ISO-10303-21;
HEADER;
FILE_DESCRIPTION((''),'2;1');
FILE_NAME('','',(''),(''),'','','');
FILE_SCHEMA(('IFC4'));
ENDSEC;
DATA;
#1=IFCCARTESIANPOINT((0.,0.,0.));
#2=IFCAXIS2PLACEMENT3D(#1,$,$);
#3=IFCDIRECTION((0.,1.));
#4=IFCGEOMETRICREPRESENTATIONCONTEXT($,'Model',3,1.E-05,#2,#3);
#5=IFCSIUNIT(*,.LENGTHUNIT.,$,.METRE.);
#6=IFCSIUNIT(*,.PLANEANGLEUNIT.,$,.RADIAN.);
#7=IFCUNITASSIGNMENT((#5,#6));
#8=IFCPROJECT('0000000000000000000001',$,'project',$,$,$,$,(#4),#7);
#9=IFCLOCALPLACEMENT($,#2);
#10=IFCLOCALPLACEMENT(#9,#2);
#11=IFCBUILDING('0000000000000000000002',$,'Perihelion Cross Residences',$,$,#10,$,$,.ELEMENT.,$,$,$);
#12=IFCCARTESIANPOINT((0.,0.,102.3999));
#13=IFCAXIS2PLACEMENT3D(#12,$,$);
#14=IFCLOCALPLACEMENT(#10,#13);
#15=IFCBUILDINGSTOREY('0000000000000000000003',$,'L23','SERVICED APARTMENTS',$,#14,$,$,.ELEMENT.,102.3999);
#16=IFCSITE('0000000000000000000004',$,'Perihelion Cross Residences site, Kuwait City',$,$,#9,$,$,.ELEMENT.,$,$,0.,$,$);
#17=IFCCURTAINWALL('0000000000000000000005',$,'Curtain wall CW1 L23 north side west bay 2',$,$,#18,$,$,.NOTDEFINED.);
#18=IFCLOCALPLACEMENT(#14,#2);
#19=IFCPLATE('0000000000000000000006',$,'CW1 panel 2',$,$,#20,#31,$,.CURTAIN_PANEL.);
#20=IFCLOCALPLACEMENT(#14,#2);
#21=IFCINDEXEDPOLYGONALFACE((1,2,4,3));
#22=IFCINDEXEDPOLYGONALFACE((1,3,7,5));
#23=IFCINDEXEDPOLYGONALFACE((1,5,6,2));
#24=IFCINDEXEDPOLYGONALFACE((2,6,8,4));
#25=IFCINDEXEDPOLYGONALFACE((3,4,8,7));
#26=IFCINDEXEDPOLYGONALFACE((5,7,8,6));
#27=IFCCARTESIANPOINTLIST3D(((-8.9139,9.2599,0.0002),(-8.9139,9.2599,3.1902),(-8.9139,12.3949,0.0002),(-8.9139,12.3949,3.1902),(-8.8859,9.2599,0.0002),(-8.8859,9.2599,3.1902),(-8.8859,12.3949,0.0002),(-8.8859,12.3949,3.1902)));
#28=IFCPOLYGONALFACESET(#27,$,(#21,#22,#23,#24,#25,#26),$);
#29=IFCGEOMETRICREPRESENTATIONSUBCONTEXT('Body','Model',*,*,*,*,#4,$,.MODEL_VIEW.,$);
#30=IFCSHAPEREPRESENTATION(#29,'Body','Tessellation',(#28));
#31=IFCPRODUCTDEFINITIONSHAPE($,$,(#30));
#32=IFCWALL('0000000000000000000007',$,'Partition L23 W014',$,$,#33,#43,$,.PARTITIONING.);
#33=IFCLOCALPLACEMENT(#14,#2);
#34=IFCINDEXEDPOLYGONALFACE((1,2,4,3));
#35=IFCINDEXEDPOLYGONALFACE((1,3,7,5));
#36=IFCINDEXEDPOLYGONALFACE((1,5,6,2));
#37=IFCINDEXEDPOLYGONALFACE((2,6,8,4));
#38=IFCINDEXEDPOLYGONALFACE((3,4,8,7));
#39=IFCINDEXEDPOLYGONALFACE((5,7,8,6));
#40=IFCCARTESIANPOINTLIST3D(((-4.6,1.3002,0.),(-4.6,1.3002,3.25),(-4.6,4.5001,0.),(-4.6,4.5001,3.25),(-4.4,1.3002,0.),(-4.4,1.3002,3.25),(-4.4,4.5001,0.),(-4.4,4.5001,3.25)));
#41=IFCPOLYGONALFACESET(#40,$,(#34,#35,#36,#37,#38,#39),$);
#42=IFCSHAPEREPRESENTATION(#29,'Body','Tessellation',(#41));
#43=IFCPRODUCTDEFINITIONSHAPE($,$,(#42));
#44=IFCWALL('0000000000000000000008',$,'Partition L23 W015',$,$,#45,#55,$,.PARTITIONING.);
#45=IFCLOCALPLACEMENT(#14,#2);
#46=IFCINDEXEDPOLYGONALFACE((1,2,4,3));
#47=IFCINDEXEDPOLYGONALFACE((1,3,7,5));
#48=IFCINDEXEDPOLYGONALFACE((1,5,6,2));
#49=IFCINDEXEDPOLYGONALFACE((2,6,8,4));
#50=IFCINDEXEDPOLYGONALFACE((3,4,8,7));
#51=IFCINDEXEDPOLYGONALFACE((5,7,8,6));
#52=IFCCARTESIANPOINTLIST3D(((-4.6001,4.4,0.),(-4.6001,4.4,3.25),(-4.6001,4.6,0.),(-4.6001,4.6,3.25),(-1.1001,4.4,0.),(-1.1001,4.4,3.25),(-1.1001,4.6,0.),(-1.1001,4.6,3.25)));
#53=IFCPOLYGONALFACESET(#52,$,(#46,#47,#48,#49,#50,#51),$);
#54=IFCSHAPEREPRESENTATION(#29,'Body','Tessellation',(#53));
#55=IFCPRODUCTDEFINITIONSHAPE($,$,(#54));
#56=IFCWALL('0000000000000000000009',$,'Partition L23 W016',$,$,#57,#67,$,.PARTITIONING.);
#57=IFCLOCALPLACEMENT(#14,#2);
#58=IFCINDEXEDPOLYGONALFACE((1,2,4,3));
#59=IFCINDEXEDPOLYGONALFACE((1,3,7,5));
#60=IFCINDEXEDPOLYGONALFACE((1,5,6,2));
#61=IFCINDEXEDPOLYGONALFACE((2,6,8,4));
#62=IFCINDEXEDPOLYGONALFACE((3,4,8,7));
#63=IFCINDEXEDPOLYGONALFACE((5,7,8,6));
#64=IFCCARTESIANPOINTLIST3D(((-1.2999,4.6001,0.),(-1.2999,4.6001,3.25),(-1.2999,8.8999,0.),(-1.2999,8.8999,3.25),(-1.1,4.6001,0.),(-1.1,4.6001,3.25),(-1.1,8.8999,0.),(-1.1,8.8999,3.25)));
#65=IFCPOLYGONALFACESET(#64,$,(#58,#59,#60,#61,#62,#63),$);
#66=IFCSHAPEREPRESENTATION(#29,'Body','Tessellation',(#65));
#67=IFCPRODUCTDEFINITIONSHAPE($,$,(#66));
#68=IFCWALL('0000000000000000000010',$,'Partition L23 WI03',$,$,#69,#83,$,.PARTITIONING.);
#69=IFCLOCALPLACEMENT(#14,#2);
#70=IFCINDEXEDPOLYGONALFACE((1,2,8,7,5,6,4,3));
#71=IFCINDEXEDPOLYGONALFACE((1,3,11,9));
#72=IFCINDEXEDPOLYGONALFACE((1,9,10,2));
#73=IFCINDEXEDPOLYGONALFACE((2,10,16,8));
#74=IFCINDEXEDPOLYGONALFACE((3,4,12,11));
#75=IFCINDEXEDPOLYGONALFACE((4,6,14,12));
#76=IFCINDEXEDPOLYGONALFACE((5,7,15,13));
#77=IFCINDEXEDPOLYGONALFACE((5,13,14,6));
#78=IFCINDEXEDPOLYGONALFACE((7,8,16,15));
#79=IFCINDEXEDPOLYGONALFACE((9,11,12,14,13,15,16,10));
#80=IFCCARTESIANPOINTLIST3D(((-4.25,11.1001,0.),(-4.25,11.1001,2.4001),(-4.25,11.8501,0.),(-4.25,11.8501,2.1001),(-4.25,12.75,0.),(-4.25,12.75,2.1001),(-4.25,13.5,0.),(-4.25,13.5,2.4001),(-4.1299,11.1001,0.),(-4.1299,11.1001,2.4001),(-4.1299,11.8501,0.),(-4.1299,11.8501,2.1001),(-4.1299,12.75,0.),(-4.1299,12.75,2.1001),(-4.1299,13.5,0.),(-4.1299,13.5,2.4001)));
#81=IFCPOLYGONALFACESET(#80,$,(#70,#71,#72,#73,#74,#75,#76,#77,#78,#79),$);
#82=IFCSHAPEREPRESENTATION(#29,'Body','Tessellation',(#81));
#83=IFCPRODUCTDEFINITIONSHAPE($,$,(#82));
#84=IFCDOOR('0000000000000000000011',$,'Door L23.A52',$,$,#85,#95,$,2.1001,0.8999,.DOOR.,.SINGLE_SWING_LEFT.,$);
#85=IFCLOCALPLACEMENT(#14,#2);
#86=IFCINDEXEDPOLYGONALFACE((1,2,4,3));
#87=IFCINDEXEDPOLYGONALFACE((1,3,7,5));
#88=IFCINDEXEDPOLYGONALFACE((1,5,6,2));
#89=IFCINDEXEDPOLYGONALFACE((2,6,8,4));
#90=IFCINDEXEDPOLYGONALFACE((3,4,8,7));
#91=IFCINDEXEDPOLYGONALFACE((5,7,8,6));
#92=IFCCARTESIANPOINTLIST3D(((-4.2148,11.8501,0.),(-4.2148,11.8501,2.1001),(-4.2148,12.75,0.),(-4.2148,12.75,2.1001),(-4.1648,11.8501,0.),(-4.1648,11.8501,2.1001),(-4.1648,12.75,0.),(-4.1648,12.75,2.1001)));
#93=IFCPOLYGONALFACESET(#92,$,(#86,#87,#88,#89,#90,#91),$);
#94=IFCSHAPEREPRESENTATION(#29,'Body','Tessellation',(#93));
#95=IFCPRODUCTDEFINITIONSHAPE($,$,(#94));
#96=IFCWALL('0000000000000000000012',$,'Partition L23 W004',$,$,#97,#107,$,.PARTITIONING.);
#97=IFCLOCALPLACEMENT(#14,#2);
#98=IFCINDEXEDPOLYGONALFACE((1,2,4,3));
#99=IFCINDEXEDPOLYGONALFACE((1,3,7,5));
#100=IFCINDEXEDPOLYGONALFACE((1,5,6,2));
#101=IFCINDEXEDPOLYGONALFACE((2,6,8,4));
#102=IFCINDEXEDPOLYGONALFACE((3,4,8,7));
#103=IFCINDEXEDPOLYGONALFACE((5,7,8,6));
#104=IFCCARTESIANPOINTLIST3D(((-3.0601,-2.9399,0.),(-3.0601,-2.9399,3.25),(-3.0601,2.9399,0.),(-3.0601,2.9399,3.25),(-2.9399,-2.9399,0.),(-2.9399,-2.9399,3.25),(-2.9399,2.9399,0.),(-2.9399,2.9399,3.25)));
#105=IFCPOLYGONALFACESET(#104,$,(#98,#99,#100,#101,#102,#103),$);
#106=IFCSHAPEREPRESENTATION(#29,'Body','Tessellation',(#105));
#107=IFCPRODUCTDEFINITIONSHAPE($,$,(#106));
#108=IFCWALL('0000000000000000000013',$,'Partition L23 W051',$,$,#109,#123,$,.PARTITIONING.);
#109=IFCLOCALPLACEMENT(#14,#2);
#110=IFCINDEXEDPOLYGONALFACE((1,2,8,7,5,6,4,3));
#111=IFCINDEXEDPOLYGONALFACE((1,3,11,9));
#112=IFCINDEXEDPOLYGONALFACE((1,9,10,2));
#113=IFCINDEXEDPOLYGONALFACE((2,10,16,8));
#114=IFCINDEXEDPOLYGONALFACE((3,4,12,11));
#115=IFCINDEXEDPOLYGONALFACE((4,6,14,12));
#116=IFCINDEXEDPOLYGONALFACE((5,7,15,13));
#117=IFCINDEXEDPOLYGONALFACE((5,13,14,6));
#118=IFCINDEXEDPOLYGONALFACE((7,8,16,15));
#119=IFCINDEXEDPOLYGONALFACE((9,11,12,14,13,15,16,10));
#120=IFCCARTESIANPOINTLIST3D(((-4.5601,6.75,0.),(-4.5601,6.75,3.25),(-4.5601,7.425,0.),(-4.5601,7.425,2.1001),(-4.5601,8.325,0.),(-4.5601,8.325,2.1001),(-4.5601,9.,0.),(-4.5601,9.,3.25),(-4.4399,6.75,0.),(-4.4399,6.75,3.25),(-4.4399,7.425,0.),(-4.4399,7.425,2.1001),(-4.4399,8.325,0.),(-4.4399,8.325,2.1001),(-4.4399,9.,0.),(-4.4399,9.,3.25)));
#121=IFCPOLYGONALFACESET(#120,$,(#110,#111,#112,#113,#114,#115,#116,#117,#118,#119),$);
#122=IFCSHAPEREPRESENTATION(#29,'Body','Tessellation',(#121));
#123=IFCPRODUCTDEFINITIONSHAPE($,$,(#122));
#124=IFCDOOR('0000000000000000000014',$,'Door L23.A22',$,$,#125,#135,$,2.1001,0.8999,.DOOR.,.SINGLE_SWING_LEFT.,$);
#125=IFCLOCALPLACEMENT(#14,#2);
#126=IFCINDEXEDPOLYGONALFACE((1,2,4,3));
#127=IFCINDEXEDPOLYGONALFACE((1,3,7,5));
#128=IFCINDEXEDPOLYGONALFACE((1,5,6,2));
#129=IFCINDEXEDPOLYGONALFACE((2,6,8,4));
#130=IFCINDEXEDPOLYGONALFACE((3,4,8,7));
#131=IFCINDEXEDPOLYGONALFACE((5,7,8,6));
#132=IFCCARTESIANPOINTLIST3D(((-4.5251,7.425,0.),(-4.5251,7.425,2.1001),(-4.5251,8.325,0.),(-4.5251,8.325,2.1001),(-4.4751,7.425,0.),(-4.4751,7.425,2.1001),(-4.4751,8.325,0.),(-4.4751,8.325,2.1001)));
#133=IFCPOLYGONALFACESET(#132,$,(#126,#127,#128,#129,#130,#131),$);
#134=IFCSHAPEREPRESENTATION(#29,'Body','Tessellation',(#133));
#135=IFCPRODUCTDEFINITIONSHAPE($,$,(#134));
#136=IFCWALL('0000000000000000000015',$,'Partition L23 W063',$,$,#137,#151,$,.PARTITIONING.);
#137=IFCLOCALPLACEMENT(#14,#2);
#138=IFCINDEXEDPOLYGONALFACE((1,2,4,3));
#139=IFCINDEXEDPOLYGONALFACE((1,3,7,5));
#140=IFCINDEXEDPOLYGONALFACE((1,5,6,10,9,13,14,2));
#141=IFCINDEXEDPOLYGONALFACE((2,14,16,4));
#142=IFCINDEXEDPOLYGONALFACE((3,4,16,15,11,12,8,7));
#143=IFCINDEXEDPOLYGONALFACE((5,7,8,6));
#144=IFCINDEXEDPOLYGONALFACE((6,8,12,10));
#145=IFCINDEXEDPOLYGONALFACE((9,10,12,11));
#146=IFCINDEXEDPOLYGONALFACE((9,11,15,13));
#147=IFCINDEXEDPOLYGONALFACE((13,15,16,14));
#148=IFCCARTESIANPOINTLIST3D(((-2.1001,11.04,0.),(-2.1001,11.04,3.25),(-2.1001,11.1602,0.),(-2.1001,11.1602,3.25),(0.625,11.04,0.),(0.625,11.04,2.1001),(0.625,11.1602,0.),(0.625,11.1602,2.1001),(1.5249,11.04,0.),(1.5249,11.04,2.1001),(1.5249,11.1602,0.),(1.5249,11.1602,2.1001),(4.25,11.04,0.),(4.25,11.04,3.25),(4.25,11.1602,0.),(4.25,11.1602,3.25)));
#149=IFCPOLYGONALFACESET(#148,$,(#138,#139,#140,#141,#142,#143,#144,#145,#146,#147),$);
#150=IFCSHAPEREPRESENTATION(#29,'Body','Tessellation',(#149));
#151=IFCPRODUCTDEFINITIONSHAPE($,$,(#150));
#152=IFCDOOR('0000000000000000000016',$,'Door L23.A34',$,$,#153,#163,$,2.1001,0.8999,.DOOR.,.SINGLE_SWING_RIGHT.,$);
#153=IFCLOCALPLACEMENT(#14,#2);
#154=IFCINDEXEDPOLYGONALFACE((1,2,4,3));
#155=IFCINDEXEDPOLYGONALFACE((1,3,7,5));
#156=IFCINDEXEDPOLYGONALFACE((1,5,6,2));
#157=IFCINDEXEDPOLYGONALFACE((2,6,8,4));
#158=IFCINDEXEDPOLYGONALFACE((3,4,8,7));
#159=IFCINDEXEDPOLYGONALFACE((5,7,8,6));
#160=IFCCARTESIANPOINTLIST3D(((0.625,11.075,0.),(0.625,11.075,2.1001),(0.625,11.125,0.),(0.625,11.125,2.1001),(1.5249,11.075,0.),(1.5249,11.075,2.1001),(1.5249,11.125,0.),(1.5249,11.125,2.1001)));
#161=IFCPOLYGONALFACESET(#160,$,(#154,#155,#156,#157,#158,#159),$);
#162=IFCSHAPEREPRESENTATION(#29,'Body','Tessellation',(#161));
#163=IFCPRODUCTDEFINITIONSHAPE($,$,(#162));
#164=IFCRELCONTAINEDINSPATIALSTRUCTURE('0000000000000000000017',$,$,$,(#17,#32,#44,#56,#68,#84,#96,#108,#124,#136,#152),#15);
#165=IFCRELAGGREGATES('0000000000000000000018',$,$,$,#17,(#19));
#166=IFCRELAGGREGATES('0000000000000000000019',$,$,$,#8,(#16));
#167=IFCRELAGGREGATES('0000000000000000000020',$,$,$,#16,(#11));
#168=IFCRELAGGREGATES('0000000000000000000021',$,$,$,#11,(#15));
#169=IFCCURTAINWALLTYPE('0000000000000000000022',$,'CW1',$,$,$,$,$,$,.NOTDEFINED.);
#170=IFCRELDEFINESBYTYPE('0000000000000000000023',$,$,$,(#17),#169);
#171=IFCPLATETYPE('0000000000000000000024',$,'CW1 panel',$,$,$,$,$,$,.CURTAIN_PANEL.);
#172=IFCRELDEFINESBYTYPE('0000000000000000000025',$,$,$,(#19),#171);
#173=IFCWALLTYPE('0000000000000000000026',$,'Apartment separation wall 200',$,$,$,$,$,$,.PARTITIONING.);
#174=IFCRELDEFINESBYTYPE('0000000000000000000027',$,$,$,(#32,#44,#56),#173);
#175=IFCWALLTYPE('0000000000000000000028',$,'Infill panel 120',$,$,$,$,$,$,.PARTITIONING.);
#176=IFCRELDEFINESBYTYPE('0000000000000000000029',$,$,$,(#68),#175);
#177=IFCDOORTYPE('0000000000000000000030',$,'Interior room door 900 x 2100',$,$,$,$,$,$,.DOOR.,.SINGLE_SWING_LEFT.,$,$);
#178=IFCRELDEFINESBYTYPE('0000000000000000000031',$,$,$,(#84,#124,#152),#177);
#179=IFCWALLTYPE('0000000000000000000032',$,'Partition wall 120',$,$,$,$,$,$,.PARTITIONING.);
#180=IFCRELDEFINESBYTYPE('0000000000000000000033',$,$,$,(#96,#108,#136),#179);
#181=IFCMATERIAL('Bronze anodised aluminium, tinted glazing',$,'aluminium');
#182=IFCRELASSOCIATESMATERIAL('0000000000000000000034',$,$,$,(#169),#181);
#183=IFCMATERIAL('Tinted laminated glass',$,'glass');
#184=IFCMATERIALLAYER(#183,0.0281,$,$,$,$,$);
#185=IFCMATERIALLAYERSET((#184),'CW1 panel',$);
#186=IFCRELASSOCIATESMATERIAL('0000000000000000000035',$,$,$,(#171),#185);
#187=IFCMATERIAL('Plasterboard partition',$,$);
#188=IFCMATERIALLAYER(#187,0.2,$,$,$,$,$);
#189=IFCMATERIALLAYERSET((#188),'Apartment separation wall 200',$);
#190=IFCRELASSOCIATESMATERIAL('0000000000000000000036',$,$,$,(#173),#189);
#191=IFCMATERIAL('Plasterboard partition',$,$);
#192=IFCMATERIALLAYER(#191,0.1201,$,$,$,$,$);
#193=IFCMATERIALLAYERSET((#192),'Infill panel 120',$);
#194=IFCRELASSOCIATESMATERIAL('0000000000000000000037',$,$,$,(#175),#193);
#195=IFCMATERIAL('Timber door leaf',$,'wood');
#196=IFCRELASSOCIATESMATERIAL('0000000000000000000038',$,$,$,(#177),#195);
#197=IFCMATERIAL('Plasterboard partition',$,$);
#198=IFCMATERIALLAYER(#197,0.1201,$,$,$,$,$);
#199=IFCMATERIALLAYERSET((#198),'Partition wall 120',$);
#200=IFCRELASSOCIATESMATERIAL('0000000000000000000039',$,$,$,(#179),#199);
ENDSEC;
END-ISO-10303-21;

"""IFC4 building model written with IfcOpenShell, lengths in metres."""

from ifc_helpers import new_model, si_unit, direction, frame, frame_2d, origin, origin_2d, place, context, subcontext, project, spatial, rectangle, extrude, material, layer, layer_set, type_object, element, fill, aggregate, save


model = new_model("IFC4")

# Units and contexts
model_context = context("Model", 3, precision=1e-05, world=origin(), true_north=direction((0.0, 1.0)))
body_context = subcontext(model_context, "Body", "Model", "MODEL_VIEW")
ifc_project = project(units=[si_unit("LENGTHUNIT", "METRE"), si_unit("PLANEANGLEUNIT", "RADIAN")], contexts=[model_context])

# Site, building, storey
site_placement = place(None, origin())
site = spatial("IfcSite", under=ifc_project, at=site_placement, Name="Perihelion Cross Residences site, Kuwait City", CompositionType="ELEMENT", RefElevation=0.0)
building_placement = place(site_placement, origin())
building = spatial("IfcBuilding", under=site, at=building_placement, Name="Perihelion Cross Residences", CompositionType="ELEMENT")
storey_placement = place(building_placement, frame((0.0, 0.0, 102.3999)))
storey = spatial("IfcBuildingStorey", under=building, at=storey_placement, Name="L23", Description="SERVICED APARTMENTS", CompositionType="ELEMENT", Elevation=102.3999)

# Curtain wall
ifc_material_1 = material(Name="Bronze anodised aluminium, tinted glazing", Category="aluminium")
curtain_wall_type = type_object("IfcCurtainWallType", Name="CW1", PredefinedType="NOTDEFINED", material=ifc_material_1)
curtain_wall_placement = place(storey_placement, origin())
curtain_wall = element("IfcCurtainWall", 1, at=curtain_wall_placement, inside=storey, type_object=curtain_wall_type, Name="Curtain wall CW1 L23 north side west bay 2", PredefinedType="NOTDEFINED")

# Plate
ifc_material_2 = material(Name="Tinted laminated glass", Category="glass")
ifc_layer_1 = layer(ifc_material_2, 0.0281)
ifc_layer_set_1 = layer_set([ifc_layer_1], Name="CW1 panel")
plate_type = type_object("IfcPlateType", Name="CW1 panel", PredefinedType="CURTAIN_PANEL", material=ifc_layer_set_1)
plate_1_placement = place(storey_placement, frame((-8.8999, 10.8274, 0.0002), z_axis=(0.0, 0.0, 1.0), x_axis=(0.0, -1.0, 0.0)))
plate_1 = element("IfcPlate", 2, at=plate_1_placement, type_object=plate_type, Name="CW1 panel 2", PredefinedType="CURTAIN_PANEL", context=body_context, shape_type="SweptSolid", body=[
    extrude(rectangle(XDim=3.135, YDim=0.0281, at=origin_2d()), origin(), (0.0, 0.0, 1.0), 3.1899),
])
aggregate(curtain_wall, [plate_1])

# Walls
ifc_material_3 = material(Name="Plasterboard partition")
ifc_layer_2 = layer(ifc_material_3, 0.2)
ifc_layer_set_2 = layer_set([ifc_layer_2], Name="Apartment separation wall 200")
wall_type_1 = type_object("IfcWallType", Name="Apartment separation wall 200", PredefinedType="PARTITIONING", material=ifc_layer_set_2)
wall_1_placement = place(storey_placement, frame((-4.5, 1.3, 0.0), z_axis=(0.0, 0.0, 1.0), x_axis=(0.0, 1.0, 0.0)))
element("IfcWall", 3, at=wall_1_placement, inside=storey, type_object=wall_type_1, Name="Partition L23 W014", PredefinedType="PARTITIONING", context=body_context, shape_type="SweptSolid", body=[
    extrude(rectangle(XDim=3.2, YDim=0.2, at=frame_2d((1.6001, 0.0))), origin(), (0.0, 0.0, 1.0), 3.25),
])
wall_2_placement = place(storey_placement, frame((-4.6001, 4.5, 0.0), z_axis=(0.0, 0.0, 1.0), x_axis=(1.0, 0.0, 0.0)))
element("IfcWall", 4, at=wall_2_placement, inside=storey, type_object=wall_type_1, Name="Partition L23 W015", PredefinedType="PARTITIONING", context=body_context, shape_type="SweptSolid", body=[
    extrude(rectangle(XDim=3.5, YDim=0.2, at=frame_2d((1.75, 0.0))), origin(), (0.0, 0.0, 1.0), 3.25),
])
wall_3_placement = place(storey_placement, frame((-1.2, 4.6001, 0.0), z_axis=(0.0, 0.0, 1.0), x_axis=(0.0, 1.0, 0.0)))
element("IfcWall", 5, at=wall_3_placement, inside=storey, type_object=wall_type_1, Name="Partition L23 W016", PredefinedType="PARTITIONING", context=body_context, shape_type="SweptSolid", body=[
    extrude(rectangle(XDim=4.2998, YDim=0.2, at=frame_2d((2.1499, 0.0))), origin(), (0.0, 0.0, 1.0), 3.25),
])

# Wall, opening, door
ifc_material_4 = material(Name="Plasterboard partition")
ifc_layer_3 = layer(ifc_material_4, 0.1201)
ifc_layer_set_3 = layer_set([ifc_layer_3], Name="Infill panel 120")
wall_type_2 = type_object("IfcWallType", Name="Infill panel 120", PredefinedType="PARTITIONING", material=ifc_layer_set_3)
wall_4_placement = place(storey_placement, frame((-4.1899, 11.1001, 0.0), z_axis=(0.0, 0.0, 1.0), x_axis=(0.0, 1.0, 0.0)))
wall_4 = element("IfcWall", 6, at=wall_4_placement, inside=storey, type_object=wall_type_2, Name="Partition L23 WI03", PredefinedType="PARTITIONING", context=body_context, shape_type="SweptSolid", body=[
    extrude(rectangle(XDim=2.3999, YDim=0.1201, at=frame_2d((1.2, 0.0))), origin(), (0.0, 0.0, 1.0), 2.4001),
])
opening_1_placement = place(wall_4_placement, frame((0.75, 0.0, 0.0)))
opening_1 = element("IfcOpeningElement", 7, at=opening_1_placement, cuts=wall_4, PredefinedType="OPENING", context=body_context, shape_type="SweptSolid", body=[
    extrude(rectangle(XDim=0.8999, YDim=2.1001, at=frame_2d((0.45, 1.05))), frame((0.0, 0.0701, 0.0), z_axis=(0.0, -1.0, 0.0), x_axis=(1.0, 0.0, 0.0)), (0.0, 0.0, 1.0), 0.1401),
])
ifc_material_5 = material(Name="Timber door leaf", Category="wood")
door_type_1 = type_object("IfcDoorType", Name="Interior room door 900 x 2100", OperationType="SINGLE_SWING_LEFT", PredefinedType="DOOR", material=ifc_material_5)
door_1_placement = place(opening_1_placement, origin())
door_1 = element("IfcDoor", 8, at=door_1_placement, inside=storey, type_object=door_type_1, Name="Door L23.A52", OperationType="SINGLE_SWING_LEFT", OverallHeight=2.1001, OverallWidth=0.8999, PredefinedType="DOOR", context=body_context, shape_type="SweptSolid", body=[
    extrude(rectangle(XDim=0.8999, YDim=2.1001, at=frame_2d((0.45, 1.05))), frame((0.0, 0.0249, 0.0), z_axis=(0.0, -1.0, 0.0), x_axis=(1.0, 0.0, 0.0)), (0.0, 0.0, 1.0), 0.05),
])
fill(opening_1, door_1)

# Wall
ifc_material_6 = material(Name="Plasterboard partition")
ifc_layer_4 = layer(ifc_material_6, 0.1201)
ifc_layer_set_4 = layer_set([ifc_layer_4], Name="Partition wall 120")
wall_type_3 = type_object("IfcWallType", Name="Partition wall 120", PredefinedType="PARTITIONING", material=ifc_layer_set_4)
wall_5_placement = place(storey_placement, frame((-3.0, 2.9399, 0.0), z_axis=(0.0, 0.0, 1.0), x_axis=(0.0, -1.0, 0.0)))
element("IfcWall", 9, at=wall_5_placement, inside=storey, type_object=wall_type_3, Name="Partition L23 W004", PredefinedType="PARTITIONING", context=body_context, shape_type="SweptSolid", body=[
    extrude(rectangle(XDim=5.8799, YDim=0.1201, at=frame_2d((2.9399, 0.0))), origin(), (0.0, 0.0, 1.0), 3.25),
])

# Walls, openings, doors
wall_6_placement = place(storey_placement, frame((-4.5, 9.0, 0.0), z_axis=(0.0, 0.0, 1.0), x_axis=(0.0, -1.0, 0.0)))
wall_6 = element("IfcWall", 10, at=wall_6_placement, inside=storey, type_object=wall_type_3, Name="Partition L23 W051", PredefinedType="PARTITIONING", context=body_context, shape_type="SweptSolid", body=[
    extrude(rectangle(XDim=2.25, YDim=0.1201, at=frame_2d((1.125, 0.0))), origin(), (0.0, 0.0, 1.0), 3.25),
])
opening_2_placement = place(wall_6_placement, frame((0.675, 0.0, 0.0)))
opening_2 = element("IfcOpeningElement", 11, at=opening_2_placement, cuts=wall_6, PredefinedType="OPENING", context=body_context, shape_type="SweptSolid", body=[
    extrude(rectangle(XDim=0.8999, YDim=2.1001, at=frame_2d((0.45, 1.05))), frame((0.0, 0.0701, 0.0), z_axis=(0.0, -1.0, 0.0), x_axis=(1.0, 0.0, 0.0)), (0.0, 0.0, 1.0), 0.1401),
])
door_2_placement = place(opening_2_placement, origin())
door_2 = element("IfcDoor", 12, at=door_2_placement, inside=storey, type_object=door_type_1, Name="Door L23.A22", OperationType="SINGLE_SWING_LEFT", OverallHeight=2.1001, OverallWidth=0.8999, PredefinedType="DOOR", context=body_context, shape_type="SweptSolid", body=[
    extrude(rectangle(XDim=0.8999, YDim=2.1001, at=frame_2d((0.45, 1.05))), frame((0.0, 0.0249, 0.0), z_axis=(0.0, -1.0, 0.0), x_axis=(1.0, 0.0, 0.0)), (0.0, 0.0, 1.0), 0.05),
])
fill(opening_2, door_2)
wall_7_placement = place(storey_placement, frame((-2.1001, 11.1001, 0.0), z_axis=(0.0, 0.0, 1.0), x_axis=(1.0, 0.0, 0.0)))
wall_7 = element("IfcWall", 13, at=wall_7_placement, inside=storey, type_object=wall_type_3, Name="Partition L23 W063", PredefinedType="PARTITIONING", context=body_context, shape_type="SweptSolid", body=[
    extrude(rectangle(XDim=6.3501, YDim=0.1201, at=frame_2d((3.175, 0.0))), origin(), (0.0, 0.0, 1.0), 3.25),
])
opening_3_placement = place(wall_7_placement, frame((2.7251, 0.0, 0.0)))
opening_3 = element("IfcOpeningElement", 14, at=opening_3_placement, cuts=wall_7, PredefinedType="OPENING", context=body_context, shape_type="SweptSolid", body=[
    extrude(rectangle(XDim=0.8999, YDim=2.1001, at=frame_2d((0.45, 1.05))), frame((0.0, 0.0701, 0.0), z_axis=(0.0, -1.0, 0.0), x_axis=(1.0, 0.0, 0.0)), (0.0, 0.0, 1.0), 0.1401),
])
door_3_placement = place(opening_3_placement, origin())
door_3 = element("IfcDoor", 15, at=door_3_placement, inside=storey, type_object=door_type_1, Name="Door L23.A34", OperationType="SINGLE_SWING_RIGHT", OverallHeight=2.1001, OverallWidth=0.8999, PredefinedType="DOOR", context=body_context, shape_type="SweptSolid", body=[
    extrude(rectangle(XDim=0.8999, YDim=2.1001, at=frame_2d((0.45, 1.05))), frame((0.0, 0.0249, 0.0), z_axis=(0.0, -1.0, 0.0), x_axis=(1.0, 0.0, 0.0)), (0.0, 0.0, 1.0), 0.05),
])
fill(opening_3, door_3)

save(model, "model.ifc")
